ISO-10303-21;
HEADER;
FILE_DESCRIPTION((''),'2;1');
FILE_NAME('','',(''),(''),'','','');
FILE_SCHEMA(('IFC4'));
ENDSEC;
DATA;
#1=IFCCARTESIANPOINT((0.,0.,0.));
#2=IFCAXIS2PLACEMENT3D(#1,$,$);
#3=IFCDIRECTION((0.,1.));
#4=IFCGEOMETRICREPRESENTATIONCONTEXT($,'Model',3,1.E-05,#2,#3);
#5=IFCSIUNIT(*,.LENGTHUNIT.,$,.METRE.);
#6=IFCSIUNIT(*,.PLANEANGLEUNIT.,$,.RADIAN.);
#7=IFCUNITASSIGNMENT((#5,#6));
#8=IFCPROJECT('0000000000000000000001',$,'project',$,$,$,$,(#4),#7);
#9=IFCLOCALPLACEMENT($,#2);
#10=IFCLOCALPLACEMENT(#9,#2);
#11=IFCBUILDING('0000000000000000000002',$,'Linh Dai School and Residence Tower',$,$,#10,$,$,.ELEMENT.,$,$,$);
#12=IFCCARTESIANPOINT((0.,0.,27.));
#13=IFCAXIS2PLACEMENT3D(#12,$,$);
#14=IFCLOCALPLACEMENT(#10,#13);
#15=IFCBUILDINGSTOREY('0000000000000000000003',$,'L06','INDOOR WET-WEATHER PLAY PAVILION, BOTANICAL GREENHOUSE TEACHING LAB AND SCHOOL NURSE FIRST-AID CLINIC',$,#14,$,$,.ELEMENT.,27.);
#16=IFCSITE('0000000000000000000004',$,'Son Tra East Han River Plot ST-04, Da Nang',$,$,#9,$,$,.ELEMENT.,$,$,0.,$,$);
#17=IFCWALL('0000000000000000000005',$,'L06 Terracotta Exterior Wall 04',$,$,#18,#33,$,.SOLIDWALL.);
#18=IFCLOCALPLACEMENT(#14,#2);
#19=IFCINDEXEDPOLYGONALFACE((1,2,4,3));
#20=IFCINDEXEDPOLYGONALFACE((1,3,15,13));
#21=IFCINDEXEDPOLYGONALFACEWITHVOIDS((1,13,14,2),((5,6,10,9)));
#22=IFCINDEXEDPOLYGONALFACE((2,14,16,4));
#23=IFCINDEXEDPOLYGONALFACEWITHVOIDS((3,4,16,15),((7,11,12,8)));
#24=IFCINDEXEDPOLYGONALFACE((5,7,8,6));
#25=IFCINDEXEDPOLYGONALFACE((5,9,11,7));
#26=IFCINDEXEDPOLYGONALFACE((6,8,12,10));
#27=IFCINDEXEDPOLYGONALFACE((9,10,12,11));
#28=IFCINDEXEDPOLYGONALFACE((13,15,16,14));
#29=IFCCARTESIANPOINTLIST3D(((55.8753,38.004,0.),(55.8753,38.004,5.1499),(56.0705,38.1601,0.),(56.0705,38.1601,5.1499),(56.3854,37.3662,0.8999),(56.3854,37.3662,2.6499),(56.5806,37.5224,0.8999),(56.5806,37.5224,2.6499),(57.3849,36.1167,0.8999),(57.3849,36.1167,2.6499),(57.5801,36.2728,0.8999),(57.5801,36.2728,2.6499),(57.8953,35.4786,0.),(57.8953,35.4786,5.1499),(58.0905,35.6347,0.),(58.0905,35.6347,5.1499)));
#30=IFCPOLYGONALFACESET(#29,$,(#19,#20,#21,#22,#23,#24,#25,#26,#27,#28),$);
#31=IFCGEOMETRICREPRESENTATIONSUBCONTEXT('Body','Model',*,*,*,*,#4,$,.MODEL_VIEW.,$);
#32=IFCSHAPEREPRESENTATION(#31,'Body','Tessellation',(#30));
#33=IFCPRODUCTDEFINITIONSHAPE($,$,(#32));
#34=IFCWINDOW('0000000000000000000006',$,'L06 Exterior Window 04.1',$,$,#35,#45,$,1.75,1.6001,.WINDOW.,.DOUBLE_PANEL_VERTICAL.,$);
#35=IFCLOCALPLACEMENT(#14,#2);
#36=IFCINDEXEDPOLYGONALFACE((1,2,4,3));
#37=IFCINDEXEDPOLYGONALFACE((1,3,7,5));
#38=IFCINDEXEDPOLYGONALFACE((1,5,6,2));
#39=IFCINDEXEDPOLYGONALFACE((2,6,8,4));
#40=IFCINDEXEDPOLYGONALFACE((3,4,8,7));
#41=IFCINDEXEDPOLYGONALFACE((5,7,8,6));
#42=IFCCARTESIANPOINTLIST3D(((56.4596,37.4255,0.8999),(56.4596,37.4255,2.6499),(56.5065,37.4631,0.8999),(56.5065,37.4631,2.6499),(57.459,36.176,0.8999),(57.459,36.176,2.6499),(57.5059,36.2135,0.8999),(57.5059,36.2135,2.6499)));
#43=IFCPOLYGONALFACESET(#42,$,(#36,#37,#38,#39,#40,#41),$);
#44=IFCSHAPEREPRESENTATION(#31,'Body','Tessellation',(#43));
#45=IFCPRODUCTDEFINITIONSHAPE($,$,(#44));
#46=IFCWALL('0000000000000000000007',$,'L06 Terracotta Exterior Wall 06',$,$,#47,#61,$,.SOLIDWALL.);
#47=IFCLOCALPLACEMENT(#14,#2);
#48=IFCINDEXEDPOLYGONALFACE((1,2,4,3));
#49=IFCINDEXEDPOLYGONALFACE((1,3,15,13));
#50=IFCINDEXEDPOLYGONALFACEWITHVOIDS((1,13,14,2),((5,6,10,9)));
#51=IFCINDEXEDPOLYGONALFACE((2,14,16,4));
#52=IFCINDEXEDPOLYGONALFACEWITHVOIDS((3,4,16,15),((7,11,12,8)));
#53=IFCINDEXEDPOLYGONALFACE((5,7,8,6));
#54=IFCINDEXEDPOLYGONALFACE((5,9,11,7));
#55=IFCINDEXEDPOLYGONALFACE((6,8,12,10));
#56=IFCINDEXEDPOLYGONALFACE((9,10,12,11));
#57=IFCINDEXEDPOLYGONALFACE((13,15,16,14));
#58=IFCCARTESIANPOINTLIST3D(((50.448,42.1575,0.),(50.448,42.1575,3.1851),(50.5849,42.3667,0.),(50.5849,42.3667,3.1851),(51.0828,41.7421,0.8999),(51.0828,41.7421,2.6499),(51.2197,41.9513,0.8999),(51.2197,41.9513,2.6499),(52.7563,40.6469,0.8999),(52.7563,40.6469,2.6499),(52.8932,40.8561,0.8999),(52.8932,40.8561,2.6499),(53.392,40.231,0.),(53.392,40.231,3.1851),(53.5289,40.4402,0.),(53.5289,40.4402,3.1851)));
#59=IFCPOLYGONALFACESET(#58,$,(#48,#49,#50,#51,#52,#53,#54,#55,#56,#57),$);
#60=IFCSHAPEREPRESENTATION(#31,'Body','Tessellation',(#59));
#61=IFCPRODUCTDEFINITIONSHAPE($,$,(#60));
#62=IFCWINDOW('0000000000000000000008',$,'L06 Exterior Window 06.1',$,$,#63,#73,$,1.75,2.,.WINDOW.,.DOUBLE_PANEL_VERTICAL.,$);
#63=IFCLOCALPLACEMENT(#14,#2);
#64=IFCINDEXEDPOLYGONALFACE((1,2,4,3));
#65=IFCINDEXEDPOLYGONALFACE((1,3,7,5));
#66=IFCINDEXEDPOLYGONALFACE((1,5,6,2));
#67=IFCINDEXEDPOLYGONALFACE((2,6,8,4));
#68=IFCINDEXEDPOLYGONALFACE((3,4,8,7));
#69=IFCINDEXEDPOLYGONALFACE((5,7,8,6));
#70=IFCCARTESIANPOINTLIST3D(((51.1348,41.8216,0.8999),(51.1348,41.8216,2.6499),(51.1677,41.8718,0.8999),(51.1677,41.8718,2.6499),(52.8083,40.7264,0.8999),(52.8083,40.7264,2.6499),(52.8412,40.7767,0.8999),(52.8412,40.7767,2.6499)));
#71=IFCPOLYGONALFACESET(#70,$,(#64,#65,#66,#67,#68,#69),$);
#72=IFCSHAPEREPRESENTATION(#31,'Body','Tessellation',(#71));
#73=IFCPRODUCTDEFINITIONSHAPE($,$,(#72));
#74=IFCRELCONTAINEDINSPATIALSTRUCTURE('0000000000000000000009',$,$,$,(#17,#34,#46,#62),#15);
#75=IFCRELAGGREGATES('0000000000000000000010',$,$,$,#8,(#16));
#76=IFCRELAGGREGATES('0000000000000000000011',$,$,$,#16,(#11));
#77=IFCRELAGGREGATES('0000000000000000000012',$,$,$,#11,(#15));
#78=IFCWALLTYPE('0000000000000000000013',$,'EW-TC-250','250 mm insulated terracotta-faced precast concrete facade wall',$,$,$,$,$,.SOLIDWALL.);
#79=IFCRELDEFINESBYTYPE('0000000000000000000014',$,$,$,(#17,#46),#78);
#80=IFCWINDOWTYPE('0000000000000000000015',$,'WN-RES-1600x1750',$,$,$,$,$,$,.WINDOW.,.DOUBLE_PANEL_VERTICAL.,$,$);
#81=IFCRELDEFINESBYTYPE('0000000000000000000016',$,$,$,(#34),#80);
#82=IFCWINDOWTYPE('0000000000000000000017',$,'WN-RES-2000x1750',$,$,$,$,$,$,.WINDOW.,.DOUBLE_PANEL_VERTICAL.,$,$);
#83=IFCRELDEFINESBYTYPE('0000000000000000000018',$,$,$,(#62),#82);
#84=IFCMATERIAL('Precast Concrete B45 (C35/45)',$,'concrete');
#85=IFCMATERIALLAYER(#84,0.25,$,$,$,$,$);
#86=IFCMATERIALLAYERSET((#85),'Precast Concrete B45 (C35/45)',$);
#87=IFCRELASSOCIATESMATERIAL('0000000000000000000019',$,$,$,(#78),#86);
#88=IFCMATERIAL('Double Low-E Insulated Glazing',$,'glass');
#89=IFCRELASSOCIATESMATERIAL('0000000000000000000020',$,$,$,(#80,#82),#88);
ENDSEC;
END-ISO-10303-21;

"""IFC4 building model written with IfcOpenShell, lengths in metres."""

from ifc_helpers import new_model, si_unit, direction, frame, frame_2d, origin, origin_2d, place, context, subcontext, project, spatial, rectangle, extrude, source, transform, mapped, material, layer, layer_set, type_object, element, fill, save


model = new_model("IFC4")

# Units and contexts
model_context = context("Model", 3, precision=1e-05, world=origin(), true_north=direction((0.0, 1.0)))
body_context = subcontext(model_context, "Body", "Model", "MODEL_VIEW")
ifc_project = project(units=[si_unit("LENGTHUNIT", "METRE"), si_unit("PLANEANGLEUNIT", "RADIAN")], contexts=[model_context])

# Site, building, storey
site_placement = place(None, origin())
site = spatial("IfcSite", under=ifc_project, at=site_placement, Name="Son Tra East Han River Plot ST-04, Da Nang", CompositionType="ELEMENT", RefElevation=0.0)
building_placement = place(site_placement, origin())
building = spatial("IfcBuilding", under=site, at=building_placement, Name="Linh Dai School and Residence Tower", CompositionType="ELEMENT")
storey_placement = place(building_placement, frame((0.0, 0.0, 27.0)))
storey = spatial("IfcBuildingStorey", under=building, at=storey_placement, Name="L06", Description="INDOOR WET-WEATHER PLAY PAVILION, BOTANICAL GREENHOUSE TEACHING LAB AND SCHOOL NURSE FIRST-AID CLINIC", CompositionType="ELEMENT", Elevation=27.0)

# Shared definitions
ifc_material_1 = material(Name="Double Low-E Insulated Glazing", Category="glass")

# Walls, openings, windows
ifc_material_2 = material(Name="Precast Concrete B45 (C35/45)", Category="concrete")
ifc_layer_1 = layer(ifc_material_2, 0.25)
ifc_layer_set_1 = layer_set([ifc_layer_1], Name="Precast Concrete B45 (C35/45)")
wall_type = type_object("IfcWallType", Name="EW-TC-250", Description="250 mm insulated terracotta-faced precast concrete facade wall", PredefinedType="SOLIDWALL", material=ifc_layer_set_1)
window_type_1 = type_object("IfcWindowType", Name="WN-RES-1600x1750", PartitioningType="DOUBLE_PANEL_VERTICAL", PredefinedType="WINDOW", material=ifc_material_1)
shared_shape_1 = source(origin(), body_context, "Body", "SweptSolid", [
    extrude(rectangle(XDim=1.6001, YDim=1.75, at=origin_2d()), frame((0.8, 0.03, 0.875), z_axis=(0.0, -1.0, 0.0), x_axis=(1.0, 0.0, 0.0)), (0.0, 0.0, 1.0), 0.0601),
])
wall_1_placement = place(storey_placement, frame((55.9729, 38.082, 0.0), z_axis=(0.0, 0.0, 1.0), x_axis=(0.62464, -0.780913, 0.0)))
wall_1 = element("IfcWall", 1, at=wall_1_placement, inside=storey, type_object=wall_type, Name="L06 Terracotta Exterior Wall 04", PredefinedType="SOLIDWALL", context=body_context, shape_type="SweptSolid", body=[
    extrude(rectangle(XDim=3.2339, YDim=0.25, at=frame_2d((1.6169, 0.0))), origin(), (0.0, 0.0, 1.0), 5.1499),
])
opening_1_placement = place(wall_1_placement, frame((0.8167, 0.0, 0.8999)))
opening_1 = element("IfcOpeningElement", 2, at=opening_1_placement, cuts=wall_1, PredefinedType="OPENING", context=body_context, shape_type="SweptSolid", body=[
    extrude(rectangle(XDim=1.6001, YDim=1.75, at=origin_2d()), frame((0.8, 0.135, 0.875), z_axis=(0.0, -1.0, 0.0), x_axis=(1.0, 0.0, 0.0)), (0.0, 0.0, 1.0), 0.27),
])
window_1_placement = place(opening_1_placement, origin())
window_1 = element("IfcWindow", 3, at=window_1_placement, inside=storey, type_object=window_type_1, Name="L06 Exterior Window 04.1", OverallHeight=1.75, OverallWidth=1.6001, PartitioningType="DOUBLE_PANEL_VERTICAL", PredefinedType="WINDOW", context=body_context, shape_type="MappedRepresentation", body=[
    mapped(shared_shape_1, transform((0.0, 0.0, 0.0), x_axis=(1.0, 0.0, 0.0), y_axis=(0.0, 1.0, 0.0), z_axis=(0.0, 0.0, 1.0), scale=1.0)),
])
fill(opening_1, window_1)
wall_2_placement = place(storey_placement, frame((50.5164, 42.2622, 0.0), z_axis=(0.0, 0.0, 1.0), x_axis=(0.836749, -0.547586, 0.0)))
wall_2 = element("IfcWall", 4, at=wall_2_placement, inside=storey, type_object=wall_type, Name="L06 Terracotta Exterior Wall 06", PredefinedType="SOLIDWALL", context=body_context, shape_type="SweptSolid", body=[
    extrude(rectangle(XDim=3.5183, YDim=0.25, at=frame_2d((1.7593, 0.0))), origin(), (0.0, 0.0, 1.0), 3.1851),
])
opening_2_placement = place(wall_2_placement, frame((0.7588, 0.0, 0.8999)))
opening_2 = element("IfcOpeningElement", 5, at=opening_2_placement, cuts=wall_2, PredefinedType="OPENING", context=body_context, shape_type="SweptSolid", body=[
    extrude(rectangle(XDim=2.0, YDim=1.75, at=origin_2d()), frame((1.0, 0.135, 0.875), z_axis=(0.0, -1.0, 0.0), x_axis=(1.0, 0.0, 0.0)), (0.0, 0.0, 1.0), 0.27),
])
window_type_2 = type_object("IfcWindowType", Name="WN-RES-2000x1750", PartitioningType="DOUBLE_PANEL_VERTICAL", PredefinedType="WINDOW", material=ifc_material_1)
shared_shape_2 = source(origin(), body_context, "Body", "SweptSolid", [
    extrude(rectangle(XDim=2.0, YDim=1.75, at=origin_2d()), frame((1.0, 0.03, 0.875), z_axis=(0.0, -1.0, 0.0), x_axis=(1.0, 0.0, 0.0)), (0.0, 0.0, 1.0), 0.0601),
])
window_2_placement = place(opening_2_placement, origin())
window_2 = element("IfcWindow", 6, at=window_2_placement, inside=storey, type_object=window_type_2, Name="L06 Exterior Window 06.1", OverallHeight=1.75, OverallWidth=2.0, PartitioningType="DOUBLE_PANEL_VERTICAL", PredefinedType="WINDOW", context=body_context, shape_type="MappedRepresentation", body=[
    mapped(shared_shape_2, transform((0.0, 0.0, 0.0), x_axis=(1.0, 0.0, 0.0), y_axis=(0.0, 1.0, 0.0), z_axis=(0.0, 0.0, 1.0), scale=1.0)),
])
fill(opening_2, window_2)

save(model, "model.ifc")
